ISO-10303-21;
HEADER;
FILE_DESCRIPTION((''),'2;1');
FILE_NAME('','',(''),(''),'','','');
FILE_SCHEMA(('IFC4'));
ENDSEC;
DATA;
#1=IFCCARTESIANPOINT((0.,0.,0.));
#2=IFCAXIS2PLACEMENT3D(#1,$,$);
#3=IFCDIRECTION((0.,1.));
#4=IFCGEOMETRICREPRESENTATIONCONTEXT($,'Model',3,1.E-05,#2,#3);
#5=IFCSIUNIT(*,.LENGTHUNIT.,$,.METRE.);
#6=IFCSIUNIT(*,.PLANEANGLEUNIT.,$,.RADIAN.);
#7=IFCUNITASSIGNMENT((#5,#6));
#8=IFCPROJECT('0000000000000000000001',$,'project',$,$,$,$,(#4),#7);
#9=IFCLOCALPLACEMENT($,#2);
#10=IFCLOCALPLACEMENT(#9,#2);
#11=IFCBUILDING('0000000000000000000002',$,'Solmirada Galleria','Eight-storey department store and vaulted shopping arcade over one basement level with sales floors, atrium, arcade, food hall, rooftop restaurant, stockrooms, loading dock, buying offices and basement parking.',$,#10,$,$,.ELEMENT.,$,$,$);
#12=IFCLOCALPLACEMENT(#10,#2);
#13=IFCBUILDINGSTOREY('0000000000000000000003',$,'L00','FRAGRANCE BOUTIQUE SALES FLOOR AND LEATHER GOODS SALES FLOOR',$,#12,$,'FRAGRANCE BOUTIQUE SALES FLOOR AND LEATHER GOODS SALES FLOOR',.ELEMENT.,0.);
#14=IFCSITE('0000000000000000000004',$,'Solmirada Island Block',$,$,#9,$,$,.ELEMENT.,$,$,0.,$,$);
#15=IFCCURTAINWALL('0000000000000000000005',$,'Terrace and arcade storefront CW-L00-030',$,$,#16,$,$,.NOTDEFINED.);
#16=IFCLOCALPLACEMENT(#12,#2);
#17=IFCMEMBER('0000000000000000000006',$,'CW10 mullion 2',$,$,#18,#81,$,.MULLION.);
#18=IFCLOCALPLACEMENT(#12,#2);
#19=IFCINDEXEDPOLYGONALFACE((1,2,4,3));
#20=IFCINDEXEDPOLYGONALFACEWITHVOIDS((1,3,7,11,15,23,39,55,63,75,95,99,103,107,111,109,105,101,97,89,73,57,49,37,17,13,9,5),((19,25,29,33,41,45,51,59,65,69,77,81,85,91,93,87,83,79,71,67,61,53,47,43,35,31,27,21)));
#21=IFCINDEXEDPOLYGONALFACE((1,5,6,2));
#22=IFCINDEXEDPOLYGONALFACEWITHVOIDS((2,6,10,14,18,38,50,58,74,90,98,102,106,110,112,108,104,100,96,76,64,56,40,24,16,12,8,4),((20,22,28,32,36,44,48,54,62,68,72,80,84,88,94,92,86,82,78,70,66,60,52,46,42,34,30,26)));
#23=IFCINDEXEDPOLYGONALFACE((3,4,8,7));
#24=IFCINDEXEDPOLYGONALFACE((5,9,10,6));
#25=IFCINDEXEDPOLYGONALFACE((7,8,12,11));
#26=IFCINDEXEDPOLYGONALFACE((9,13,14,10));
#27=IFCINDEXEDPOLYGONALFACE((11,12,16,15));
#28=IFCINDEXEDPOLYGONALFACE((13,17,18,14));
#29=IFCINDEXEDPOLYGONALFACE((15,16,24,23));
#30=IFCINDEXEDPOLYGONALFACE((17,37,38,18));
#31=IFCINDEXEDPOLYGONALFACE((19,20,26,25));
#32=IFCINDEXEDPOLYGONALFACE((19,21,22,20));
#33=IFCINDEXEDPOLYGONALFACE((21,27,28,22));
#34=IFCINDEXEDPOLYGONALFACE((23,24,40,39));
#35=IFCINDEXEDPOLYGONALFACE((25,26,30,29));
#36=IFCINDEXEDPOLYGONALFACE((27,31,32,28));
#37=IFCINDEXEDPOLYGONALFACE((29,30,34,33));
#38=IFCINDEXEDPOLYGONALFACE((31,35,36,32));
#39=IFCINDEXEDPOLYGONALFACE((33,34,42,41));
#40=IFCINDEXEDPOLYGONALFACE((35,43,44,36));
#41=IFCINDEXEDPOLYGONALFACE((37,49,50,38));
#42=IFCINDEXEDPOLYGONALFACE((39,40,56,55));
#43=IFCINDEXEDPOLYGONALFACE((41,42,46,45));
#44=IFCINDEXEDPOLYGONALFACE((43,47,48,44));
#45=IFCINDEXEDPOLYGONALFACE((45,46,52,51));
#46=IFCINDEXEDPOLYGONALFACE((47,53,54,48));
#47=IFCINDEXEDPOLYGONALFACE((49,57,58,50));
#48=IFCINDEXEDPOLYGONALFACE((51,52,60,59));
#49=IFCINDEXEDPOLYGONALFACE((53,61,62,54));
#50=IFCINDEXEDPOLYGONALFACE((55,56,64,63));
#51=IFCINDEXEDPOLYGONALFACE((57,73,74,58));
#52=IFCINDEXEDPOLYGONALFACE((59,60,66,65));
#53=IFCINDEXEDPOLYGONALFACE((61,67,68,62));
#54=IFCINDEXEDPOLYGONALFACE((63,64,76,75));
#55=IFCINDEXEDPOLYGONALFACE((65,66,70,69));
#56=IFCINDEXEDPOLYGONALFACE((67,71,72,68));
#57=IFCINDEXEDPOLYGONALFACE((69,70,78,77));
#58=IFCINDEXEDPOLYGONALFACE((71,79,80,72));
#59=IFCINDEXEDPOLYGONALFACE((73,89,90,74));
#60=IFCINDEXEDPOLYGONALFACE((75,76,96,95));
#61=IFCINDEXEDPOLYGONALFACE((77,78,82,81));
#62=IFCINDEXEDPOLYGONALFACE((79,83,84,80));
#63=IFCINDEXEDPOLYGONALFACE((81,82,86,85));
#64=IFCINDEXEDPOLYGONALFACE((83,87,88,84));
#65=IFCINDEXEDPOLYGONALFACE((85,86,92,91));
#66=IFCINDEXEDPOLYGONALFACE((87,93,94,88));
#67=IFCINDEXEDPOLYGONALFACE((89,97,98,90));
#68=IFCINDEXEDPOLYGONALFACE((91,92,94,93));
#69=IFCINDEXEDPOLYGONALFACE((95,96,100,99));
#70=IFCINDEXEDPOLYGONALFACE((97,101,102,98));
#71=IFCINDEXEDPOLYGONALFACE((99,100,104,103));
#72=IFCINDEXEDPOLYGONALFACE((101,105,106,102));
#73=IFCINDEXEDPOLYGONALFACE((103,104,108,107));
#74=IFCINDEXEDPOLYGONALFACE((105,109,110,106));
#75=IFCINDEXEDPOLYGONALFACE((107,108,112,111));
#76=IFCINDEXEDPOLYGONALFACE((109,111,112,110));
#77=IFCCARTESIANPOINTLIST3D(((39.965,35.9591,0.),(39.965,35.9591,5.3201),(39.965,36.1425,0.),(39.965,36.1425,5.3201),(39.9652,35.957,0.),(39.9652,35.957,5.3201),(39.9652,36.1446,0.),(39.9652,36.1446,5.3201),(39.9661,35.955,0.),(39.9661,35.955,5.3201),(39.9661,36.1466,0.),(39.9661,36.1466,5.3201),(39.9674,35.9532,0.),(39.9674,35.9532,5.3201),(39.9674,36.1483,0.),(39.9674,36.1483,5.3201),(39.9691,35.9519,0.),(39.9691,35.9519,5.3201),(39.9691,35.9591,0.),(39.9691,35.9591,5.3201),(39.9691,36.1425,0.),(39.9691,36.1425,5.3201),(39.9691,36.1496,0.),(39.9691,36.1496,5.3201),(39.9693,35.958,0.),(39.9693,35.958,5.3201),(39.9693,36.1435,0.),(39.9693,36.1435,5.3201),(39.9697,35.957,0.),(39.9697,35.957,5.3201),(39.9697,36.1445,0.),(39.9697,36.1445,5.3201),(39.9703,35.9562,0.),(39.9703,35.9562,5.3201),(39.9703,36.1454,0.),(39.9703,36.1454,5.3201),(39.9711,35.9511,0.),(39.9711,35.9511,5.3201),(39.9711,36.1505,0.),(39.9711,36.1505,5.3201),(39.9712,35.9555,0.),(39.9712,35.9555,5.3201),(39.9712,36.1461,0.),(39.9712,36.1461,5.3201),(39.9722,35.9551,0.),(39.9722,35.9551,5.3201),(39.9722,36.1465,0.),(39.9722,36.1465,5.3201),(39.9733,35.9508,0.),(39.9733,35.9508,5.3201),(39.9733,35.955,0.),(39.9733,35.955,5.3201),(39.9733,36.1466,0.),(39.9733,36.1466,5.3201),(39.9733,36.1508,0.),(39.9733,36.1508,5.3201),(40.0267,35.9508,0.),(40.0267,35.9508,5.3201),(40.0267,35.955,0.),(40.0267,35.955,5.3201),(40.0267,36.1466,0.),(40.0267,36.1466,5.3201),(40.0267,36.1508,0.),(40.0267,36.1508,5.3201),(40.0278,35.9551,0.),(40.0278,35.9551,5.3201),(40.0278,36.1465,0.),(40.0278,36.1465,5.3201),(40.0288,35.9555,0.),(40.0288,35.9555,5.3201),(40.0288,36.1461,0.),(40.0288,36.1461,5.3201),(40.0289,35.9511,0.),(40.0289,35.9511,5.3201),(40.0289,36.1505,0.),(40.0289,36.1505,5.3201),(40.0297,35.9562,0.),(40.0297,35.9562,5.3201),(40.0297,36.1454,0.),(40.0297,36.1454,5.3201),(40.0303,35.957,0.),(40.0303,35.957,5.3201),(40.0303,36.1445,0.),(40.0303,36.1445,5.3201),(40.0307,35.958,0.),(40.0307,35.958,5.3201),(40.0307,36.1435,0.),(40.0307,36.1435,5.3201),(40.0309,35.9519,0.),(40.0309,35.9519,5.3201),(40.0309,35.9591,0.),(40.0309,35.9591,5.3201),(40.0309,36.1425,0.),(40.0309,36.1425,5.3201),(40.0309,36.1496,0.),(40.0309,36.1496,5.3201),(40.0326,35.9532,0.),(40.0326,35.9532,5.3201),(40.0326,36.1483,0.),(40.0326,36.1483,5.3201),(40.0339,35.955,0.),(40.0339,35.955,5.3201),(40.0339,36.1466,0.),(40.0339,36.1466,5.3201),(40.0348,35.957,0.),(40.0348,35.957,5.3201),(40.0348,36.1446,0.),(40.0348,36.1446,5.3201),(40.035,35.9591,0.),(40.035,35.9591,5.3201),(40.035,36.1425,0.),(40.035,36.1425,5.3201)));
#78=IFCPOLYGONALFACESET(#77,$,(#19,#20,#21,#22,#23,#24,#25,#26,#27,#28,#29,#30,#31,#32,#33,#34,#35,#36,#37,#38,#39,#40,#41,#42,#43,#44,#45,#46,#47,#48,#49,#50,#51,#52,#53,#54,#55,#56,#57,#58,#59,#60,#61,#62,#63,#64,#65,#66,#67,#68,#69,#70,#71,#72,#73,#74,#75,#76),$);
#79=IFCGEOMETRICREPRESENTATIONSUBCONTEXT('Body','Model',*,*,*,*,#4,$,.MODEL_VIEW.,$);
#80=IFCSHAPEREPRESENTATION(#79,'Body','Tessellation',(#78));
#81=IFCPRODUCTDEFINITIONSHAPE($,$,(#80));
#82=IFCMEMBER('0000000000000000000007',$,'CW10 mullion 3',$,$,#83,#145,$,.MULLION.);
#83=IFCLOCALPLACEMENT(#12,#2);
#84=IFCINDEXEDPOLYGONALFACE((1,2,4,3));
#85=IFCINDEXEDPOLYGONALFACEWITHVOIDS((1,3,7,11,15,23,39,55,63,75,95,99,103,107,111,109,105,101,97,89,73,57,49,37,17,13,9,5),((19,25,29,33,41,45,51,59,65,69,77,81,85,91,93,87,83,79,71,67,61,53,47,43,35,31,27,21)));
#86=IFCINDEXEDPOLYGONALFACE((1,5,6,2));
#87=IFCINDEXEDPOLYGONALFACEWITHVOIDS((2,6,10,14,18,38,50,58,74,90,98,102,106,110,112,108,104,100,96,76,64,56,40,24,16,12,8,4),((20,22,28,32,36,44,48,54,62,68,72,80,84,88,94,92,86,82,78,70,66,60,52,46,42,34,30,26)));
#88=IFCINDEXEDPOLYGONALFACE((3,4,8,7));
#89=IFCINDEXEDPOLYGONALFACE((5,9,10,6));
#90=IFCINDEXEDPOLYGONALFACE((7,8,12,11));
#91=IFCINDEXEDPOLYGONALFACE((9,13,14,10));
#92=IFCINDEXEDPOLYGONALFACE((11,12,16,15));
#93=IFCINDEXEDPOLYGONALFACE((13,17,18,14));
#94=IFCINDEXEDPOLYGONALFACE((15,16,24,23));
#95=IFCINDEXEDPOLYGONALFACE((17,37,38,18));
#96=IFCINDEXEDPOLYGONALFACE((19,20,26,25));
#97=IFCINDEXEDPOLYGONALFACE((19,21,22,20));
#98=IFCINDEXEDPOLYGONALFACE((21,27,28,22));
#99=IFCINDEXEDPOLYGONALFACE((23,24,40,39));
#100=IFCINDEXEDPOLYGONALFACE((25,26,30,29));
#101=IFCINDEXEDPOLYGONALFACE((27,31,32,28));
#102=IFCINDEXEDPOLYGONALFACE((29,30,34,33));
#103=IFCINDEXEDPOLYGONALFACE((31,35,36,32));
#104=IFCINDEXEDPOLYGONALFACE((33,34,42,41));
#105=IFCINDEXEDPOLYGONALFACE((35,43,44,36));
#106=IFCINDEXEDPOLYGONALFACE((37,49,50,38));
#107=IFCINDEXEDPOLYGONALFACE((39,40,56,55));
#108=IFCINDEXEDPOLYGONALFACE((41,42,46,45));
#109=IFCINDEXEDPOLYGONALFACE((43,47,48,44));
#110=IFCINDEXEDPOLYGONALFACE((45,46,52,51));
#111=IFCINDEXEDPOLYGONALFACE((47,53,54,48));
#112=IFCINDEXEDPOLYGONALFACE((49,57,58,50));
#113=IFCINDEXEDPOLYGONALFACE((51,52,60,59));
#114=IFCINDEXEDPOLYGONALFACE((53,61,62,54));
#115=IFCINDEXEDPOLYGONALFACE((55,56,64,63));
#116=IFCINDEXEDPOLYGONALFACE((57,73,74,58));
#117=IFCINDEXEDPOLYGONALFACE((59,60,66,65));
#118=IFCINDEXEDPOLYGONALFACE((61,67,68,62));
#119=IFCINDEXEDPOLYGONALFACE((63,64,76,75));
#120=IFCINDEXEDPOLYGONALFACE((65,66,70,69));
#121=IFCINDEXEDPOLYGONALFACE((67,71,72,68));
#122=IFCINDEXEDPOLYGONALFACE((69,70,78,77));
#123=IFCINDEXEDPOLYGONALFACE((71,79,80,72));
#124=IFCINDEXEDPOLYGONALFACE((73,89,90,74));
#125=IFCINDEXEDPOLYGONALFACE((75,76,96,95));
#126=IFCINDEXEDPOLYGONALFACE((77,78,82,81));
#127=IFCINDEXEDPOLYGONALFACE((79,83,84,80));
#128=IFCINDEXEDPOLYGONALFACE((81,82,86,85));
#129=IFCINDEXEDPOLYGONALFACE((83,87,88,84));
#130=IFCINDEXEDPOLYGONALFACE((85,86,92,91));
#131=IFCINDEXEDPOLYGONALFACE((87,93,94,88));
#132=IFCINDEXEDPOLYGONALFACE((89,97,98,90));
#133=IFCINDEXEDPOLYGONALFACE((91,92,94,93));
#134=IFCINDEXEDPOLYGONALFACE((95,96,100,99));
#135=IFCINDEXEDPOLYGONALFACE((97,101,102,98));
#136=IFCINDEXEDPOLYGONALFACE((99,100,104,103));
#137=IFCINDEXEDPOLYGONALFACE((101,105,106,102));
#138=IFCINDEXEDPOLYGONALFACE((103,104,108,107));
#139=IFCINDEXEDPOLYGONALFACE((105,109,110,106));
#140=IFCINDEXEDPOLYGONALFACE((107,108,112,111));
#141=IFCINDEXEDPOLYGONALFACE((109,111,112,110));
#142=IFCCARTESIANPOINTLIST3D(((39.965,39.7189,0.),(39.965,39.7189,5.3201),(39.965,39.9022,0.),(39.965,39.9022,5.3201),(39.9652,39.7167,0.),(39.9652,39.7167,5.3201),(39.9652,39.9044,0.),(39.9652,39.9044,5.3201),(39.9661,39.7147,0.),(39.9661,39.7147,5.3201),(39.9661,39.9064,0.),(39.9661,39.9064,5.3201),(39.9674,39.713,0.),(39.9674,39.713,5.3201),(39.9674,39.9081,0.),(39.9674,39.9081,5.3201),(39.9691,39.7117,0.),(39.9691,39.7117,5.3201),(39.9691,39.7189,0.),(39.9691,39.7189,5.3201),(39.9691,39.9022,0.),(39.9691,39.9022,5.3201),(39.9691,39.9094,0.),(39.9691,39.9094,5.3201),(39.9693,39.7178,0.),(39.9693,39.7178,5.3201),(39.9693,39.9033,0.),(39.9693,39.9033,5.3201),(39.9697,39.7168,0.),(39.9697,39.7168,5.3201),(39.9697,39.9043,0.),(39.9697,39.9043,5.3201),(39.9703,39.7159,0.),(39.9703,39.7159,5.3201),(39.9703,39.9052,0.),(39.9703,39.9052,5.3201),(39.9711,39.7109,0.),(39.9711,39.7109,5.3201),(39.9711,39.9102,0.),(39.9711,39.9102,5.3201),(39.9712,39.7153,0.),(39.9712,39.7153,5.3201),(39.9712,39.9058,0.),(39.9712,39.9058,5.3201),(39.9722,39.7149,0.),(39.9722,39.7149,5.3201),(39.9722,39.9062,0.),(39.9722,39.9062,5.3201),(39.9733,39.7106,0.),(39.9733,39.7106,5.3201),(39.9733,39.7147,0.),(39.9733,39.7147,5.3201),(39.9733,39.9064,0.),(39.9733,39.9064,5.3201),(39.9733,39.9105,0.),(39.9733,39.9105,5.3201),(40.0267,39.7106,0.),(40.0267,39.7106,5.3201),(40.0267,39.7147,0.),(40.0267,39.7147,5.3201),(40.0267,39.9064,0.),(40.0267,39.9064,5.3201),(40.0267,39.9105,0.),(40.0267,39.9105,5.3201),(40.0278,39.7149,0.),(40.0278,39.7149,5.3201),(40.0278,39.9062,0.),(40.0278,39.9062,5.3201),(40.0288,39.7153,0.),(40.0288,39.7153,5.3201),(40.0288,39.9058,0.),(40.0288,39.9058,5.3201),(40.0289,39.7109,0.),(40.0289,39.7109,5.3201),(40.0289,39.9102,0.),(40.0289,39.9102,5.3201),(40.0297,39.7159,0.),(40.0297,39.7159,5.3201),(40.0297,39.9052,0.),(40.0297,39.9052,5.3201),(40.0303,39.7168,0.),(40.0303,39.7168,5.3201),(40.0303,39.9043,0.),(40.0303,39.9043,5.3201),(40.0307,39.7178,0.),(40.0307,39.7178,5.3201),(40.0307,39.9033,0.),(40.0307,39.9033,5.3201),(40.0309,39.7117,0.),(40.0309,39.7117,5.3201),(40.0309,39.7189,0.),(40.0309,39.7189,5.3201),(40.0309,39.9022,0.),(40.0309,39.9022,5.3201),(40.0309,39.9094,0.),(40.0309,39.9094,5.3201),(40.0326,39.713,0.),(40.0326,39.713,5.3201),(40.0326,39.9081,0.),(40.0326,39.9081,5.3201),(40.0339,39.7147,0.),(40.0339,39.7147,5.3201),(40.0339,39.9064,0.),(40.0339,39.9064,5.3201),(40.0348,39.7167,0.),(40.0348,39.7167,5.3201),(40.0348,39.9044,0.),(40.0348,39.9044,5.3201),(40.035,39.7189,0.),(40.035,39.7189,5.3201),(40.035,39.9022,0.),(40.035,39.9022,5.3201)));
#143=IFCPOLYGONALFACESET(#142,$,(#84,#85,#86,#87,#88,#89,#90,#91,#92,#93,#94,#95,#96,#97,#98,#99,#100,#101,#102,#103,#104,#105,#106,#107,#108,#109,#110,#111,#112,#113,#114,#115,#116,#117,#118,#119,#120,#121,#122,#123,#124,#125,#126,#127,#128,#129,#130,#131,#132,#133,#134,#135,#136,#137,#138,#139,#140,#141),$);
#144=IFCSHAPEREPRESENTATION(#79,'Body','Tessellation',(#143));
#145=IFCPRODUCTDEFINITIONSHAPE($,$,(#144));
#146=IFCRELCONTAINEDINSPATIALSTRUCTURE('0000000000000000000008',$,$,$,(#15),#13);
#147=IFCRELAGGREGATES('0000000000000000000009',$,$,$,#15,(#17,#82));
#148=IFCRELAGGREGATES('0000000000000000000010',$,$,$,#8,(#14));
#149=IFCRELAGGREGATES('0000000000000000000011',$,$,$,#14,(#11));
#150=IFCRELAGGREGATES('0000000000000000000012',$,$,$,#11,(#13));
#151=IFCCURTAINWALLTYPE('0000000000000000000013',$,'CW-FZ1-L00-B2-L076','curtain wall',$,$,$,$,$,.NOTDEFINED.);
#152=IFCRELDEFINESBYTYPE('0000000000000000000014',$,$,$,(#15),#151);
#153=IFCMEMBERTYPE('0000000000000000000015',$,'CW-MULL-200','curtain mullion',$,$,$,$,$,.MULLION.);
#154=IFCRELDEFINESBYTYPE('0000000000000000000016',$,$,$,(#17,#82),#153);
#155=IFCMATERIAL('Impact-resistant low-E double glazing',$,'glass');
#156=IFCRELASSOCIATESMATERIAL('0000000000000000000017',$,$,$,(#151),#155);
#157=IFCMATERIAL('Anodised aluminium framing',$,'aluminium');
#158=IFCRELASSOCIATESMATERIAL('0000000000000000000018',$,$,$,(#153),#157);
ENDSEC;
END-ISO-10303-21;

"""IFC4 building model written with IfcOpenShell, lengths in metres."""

from ifc_helpers import new_model, si_unit, direction, frame, origin, origin_2d, place, context, subcontext, project, spatial, hollow_rectangle, extrude, material, material_profile, profile_set, type_object, element, aggregate, save


model = new_model("IFC4")

# Units and contexts
model_context = context("Model", 3, precision=1e-05, world=origin(), true_north=direction((0.0, 1.0)))
body_context = subcontext(model_context, "Body", "Model", "MODEL_VIEW")
ifc_project = project(units=[si_unit("LENGTHUNIT", "METRE"), si_unit("PLANEANGLEUNIT", "RADIAN")], contexts=[model_context])

# Site, building, storey
site_placement = place(None, origin())
site = spatial("IfcSite", under=ifc_project, at=site_placement, Name="Solmirada Island Block", CompositionType="ELEMENT", RefElevation=0.0)
building_placement = place(site_placement, origin())
building = spatial("IfcBuilding", under=site, at=building_placement, Name="Solmirada Galleria", Description="Eight-storey department store and vaulted shopping arcade over one basement level with sales floors, atrium, arcade, food hall, rooftop restaurant, stockrooms, loading dock, buying offices and basement parking.", CompositionType="ELEMENT")
storey_placement = place(building_placement, origin())
storey = spatial("IfcBuildingStorey", under=building, at=storey_placement, Name="L00", Description="FRAGRANCE BOUTIQUE SALES FLOOR AND LEATHER GOODS SALES FLOOR", LongName="FRAGRANCE BOUTIQUE SALES FLOOR AND LEATHER GOODS SALES FLOOR", CompositionType="ELEMENT", Elevation=0.0)

# Curtain wall, members
ifc_material_1 = material(Name="Impact-resistant low-E double glazing", Category="glass")
curtain_wall_type = type_object("IfcCurtainWallType", Name="CW-FZ1-L00-B2-L076", Description="curtain wall", PredefinedType="NOTDEFINED", material=ifc_material_1)
ifc_material_2 = material(Name="Anodised aluminium framing", Category="aluminium")
ifc_material_profile_1 = material_profile(ifc_material_2, hollow_rectangle(XDim=0.0701, YDim=0.2, WallThickness=0.0042, InnerFilletRadius=0.0042, OuterFilletRadius=0.0083, at=origin_2d()), Name="ALU-MULL-200X70")
ifc_profile_set_1 = profile_set([ifc_material_profile_1], Name="Anodised aluminium framing")
member_type_1 = type_object("IfcMemberType", Name="CW-MULL-200", Description="curtain mullion", PredefinedType="MULLION", material=ifc_profile_set_1)
curtain_wall_1_placement = place(storey_placement, origin())
curtain_wall_1 = element("IfcCurtainWall", 1, at=curtain_wall_1_placement, inside=storey, type_object=curtain_wall_type, Name="Terrace and arcade storefront CW-L00-030", PredefinedType="NOTDEFINED")
member_1_placement = place(storey_placement, frame((40.0, 36.0508, 0.0), z_axis=(0.0, 0.0, 1.0), x_axis=(-1.0, 0.0, 0.0)))
member_1 = element("IfcMember", 2, at=member_1_placement, type_object=member_type_1, Name="CW10 mullion 2", PredefinedType="MULLION", context=body_context, shape_type="SweptSolid", body=[
    extrude(hollow_rectangle(XDim=0.0701, YDim=0.2, WallThickness=0.0042, InnerFilletRadius=0.0042, OuterFilletRadius=0.0083, at=origin_2d()), origin(), (0.0, 0.0, 1.0), 5.3201),
])
member_2_placement = place(storey_placement, frame((40.0, 39.8105, 0.0), z_axis=(0.0, 0.0, 1.0), x_axis=(-1.0, 0.0, 0.0)))
member_2 = element("IfcMember", 3, at=member_2_placement, type_object=member_type_1, Name="CW10 mullion 3", PredefinedType="MULLION", context=body_context, shape_type="SweptSolid", body=[
    extrude(hollow_rectangle(XDim=0.0701, YDim=0.2, WallThickness=0.0042, InnerFilletRadius=0.0042, OuterFilletRadius=0.0083, at=origin_2d()), origin(), (0.0, 0.0, 1.0), 5.3201),
])

aggregate(curtain_wall_1, [member_1, member_2])

save(model, "model.ifc")
